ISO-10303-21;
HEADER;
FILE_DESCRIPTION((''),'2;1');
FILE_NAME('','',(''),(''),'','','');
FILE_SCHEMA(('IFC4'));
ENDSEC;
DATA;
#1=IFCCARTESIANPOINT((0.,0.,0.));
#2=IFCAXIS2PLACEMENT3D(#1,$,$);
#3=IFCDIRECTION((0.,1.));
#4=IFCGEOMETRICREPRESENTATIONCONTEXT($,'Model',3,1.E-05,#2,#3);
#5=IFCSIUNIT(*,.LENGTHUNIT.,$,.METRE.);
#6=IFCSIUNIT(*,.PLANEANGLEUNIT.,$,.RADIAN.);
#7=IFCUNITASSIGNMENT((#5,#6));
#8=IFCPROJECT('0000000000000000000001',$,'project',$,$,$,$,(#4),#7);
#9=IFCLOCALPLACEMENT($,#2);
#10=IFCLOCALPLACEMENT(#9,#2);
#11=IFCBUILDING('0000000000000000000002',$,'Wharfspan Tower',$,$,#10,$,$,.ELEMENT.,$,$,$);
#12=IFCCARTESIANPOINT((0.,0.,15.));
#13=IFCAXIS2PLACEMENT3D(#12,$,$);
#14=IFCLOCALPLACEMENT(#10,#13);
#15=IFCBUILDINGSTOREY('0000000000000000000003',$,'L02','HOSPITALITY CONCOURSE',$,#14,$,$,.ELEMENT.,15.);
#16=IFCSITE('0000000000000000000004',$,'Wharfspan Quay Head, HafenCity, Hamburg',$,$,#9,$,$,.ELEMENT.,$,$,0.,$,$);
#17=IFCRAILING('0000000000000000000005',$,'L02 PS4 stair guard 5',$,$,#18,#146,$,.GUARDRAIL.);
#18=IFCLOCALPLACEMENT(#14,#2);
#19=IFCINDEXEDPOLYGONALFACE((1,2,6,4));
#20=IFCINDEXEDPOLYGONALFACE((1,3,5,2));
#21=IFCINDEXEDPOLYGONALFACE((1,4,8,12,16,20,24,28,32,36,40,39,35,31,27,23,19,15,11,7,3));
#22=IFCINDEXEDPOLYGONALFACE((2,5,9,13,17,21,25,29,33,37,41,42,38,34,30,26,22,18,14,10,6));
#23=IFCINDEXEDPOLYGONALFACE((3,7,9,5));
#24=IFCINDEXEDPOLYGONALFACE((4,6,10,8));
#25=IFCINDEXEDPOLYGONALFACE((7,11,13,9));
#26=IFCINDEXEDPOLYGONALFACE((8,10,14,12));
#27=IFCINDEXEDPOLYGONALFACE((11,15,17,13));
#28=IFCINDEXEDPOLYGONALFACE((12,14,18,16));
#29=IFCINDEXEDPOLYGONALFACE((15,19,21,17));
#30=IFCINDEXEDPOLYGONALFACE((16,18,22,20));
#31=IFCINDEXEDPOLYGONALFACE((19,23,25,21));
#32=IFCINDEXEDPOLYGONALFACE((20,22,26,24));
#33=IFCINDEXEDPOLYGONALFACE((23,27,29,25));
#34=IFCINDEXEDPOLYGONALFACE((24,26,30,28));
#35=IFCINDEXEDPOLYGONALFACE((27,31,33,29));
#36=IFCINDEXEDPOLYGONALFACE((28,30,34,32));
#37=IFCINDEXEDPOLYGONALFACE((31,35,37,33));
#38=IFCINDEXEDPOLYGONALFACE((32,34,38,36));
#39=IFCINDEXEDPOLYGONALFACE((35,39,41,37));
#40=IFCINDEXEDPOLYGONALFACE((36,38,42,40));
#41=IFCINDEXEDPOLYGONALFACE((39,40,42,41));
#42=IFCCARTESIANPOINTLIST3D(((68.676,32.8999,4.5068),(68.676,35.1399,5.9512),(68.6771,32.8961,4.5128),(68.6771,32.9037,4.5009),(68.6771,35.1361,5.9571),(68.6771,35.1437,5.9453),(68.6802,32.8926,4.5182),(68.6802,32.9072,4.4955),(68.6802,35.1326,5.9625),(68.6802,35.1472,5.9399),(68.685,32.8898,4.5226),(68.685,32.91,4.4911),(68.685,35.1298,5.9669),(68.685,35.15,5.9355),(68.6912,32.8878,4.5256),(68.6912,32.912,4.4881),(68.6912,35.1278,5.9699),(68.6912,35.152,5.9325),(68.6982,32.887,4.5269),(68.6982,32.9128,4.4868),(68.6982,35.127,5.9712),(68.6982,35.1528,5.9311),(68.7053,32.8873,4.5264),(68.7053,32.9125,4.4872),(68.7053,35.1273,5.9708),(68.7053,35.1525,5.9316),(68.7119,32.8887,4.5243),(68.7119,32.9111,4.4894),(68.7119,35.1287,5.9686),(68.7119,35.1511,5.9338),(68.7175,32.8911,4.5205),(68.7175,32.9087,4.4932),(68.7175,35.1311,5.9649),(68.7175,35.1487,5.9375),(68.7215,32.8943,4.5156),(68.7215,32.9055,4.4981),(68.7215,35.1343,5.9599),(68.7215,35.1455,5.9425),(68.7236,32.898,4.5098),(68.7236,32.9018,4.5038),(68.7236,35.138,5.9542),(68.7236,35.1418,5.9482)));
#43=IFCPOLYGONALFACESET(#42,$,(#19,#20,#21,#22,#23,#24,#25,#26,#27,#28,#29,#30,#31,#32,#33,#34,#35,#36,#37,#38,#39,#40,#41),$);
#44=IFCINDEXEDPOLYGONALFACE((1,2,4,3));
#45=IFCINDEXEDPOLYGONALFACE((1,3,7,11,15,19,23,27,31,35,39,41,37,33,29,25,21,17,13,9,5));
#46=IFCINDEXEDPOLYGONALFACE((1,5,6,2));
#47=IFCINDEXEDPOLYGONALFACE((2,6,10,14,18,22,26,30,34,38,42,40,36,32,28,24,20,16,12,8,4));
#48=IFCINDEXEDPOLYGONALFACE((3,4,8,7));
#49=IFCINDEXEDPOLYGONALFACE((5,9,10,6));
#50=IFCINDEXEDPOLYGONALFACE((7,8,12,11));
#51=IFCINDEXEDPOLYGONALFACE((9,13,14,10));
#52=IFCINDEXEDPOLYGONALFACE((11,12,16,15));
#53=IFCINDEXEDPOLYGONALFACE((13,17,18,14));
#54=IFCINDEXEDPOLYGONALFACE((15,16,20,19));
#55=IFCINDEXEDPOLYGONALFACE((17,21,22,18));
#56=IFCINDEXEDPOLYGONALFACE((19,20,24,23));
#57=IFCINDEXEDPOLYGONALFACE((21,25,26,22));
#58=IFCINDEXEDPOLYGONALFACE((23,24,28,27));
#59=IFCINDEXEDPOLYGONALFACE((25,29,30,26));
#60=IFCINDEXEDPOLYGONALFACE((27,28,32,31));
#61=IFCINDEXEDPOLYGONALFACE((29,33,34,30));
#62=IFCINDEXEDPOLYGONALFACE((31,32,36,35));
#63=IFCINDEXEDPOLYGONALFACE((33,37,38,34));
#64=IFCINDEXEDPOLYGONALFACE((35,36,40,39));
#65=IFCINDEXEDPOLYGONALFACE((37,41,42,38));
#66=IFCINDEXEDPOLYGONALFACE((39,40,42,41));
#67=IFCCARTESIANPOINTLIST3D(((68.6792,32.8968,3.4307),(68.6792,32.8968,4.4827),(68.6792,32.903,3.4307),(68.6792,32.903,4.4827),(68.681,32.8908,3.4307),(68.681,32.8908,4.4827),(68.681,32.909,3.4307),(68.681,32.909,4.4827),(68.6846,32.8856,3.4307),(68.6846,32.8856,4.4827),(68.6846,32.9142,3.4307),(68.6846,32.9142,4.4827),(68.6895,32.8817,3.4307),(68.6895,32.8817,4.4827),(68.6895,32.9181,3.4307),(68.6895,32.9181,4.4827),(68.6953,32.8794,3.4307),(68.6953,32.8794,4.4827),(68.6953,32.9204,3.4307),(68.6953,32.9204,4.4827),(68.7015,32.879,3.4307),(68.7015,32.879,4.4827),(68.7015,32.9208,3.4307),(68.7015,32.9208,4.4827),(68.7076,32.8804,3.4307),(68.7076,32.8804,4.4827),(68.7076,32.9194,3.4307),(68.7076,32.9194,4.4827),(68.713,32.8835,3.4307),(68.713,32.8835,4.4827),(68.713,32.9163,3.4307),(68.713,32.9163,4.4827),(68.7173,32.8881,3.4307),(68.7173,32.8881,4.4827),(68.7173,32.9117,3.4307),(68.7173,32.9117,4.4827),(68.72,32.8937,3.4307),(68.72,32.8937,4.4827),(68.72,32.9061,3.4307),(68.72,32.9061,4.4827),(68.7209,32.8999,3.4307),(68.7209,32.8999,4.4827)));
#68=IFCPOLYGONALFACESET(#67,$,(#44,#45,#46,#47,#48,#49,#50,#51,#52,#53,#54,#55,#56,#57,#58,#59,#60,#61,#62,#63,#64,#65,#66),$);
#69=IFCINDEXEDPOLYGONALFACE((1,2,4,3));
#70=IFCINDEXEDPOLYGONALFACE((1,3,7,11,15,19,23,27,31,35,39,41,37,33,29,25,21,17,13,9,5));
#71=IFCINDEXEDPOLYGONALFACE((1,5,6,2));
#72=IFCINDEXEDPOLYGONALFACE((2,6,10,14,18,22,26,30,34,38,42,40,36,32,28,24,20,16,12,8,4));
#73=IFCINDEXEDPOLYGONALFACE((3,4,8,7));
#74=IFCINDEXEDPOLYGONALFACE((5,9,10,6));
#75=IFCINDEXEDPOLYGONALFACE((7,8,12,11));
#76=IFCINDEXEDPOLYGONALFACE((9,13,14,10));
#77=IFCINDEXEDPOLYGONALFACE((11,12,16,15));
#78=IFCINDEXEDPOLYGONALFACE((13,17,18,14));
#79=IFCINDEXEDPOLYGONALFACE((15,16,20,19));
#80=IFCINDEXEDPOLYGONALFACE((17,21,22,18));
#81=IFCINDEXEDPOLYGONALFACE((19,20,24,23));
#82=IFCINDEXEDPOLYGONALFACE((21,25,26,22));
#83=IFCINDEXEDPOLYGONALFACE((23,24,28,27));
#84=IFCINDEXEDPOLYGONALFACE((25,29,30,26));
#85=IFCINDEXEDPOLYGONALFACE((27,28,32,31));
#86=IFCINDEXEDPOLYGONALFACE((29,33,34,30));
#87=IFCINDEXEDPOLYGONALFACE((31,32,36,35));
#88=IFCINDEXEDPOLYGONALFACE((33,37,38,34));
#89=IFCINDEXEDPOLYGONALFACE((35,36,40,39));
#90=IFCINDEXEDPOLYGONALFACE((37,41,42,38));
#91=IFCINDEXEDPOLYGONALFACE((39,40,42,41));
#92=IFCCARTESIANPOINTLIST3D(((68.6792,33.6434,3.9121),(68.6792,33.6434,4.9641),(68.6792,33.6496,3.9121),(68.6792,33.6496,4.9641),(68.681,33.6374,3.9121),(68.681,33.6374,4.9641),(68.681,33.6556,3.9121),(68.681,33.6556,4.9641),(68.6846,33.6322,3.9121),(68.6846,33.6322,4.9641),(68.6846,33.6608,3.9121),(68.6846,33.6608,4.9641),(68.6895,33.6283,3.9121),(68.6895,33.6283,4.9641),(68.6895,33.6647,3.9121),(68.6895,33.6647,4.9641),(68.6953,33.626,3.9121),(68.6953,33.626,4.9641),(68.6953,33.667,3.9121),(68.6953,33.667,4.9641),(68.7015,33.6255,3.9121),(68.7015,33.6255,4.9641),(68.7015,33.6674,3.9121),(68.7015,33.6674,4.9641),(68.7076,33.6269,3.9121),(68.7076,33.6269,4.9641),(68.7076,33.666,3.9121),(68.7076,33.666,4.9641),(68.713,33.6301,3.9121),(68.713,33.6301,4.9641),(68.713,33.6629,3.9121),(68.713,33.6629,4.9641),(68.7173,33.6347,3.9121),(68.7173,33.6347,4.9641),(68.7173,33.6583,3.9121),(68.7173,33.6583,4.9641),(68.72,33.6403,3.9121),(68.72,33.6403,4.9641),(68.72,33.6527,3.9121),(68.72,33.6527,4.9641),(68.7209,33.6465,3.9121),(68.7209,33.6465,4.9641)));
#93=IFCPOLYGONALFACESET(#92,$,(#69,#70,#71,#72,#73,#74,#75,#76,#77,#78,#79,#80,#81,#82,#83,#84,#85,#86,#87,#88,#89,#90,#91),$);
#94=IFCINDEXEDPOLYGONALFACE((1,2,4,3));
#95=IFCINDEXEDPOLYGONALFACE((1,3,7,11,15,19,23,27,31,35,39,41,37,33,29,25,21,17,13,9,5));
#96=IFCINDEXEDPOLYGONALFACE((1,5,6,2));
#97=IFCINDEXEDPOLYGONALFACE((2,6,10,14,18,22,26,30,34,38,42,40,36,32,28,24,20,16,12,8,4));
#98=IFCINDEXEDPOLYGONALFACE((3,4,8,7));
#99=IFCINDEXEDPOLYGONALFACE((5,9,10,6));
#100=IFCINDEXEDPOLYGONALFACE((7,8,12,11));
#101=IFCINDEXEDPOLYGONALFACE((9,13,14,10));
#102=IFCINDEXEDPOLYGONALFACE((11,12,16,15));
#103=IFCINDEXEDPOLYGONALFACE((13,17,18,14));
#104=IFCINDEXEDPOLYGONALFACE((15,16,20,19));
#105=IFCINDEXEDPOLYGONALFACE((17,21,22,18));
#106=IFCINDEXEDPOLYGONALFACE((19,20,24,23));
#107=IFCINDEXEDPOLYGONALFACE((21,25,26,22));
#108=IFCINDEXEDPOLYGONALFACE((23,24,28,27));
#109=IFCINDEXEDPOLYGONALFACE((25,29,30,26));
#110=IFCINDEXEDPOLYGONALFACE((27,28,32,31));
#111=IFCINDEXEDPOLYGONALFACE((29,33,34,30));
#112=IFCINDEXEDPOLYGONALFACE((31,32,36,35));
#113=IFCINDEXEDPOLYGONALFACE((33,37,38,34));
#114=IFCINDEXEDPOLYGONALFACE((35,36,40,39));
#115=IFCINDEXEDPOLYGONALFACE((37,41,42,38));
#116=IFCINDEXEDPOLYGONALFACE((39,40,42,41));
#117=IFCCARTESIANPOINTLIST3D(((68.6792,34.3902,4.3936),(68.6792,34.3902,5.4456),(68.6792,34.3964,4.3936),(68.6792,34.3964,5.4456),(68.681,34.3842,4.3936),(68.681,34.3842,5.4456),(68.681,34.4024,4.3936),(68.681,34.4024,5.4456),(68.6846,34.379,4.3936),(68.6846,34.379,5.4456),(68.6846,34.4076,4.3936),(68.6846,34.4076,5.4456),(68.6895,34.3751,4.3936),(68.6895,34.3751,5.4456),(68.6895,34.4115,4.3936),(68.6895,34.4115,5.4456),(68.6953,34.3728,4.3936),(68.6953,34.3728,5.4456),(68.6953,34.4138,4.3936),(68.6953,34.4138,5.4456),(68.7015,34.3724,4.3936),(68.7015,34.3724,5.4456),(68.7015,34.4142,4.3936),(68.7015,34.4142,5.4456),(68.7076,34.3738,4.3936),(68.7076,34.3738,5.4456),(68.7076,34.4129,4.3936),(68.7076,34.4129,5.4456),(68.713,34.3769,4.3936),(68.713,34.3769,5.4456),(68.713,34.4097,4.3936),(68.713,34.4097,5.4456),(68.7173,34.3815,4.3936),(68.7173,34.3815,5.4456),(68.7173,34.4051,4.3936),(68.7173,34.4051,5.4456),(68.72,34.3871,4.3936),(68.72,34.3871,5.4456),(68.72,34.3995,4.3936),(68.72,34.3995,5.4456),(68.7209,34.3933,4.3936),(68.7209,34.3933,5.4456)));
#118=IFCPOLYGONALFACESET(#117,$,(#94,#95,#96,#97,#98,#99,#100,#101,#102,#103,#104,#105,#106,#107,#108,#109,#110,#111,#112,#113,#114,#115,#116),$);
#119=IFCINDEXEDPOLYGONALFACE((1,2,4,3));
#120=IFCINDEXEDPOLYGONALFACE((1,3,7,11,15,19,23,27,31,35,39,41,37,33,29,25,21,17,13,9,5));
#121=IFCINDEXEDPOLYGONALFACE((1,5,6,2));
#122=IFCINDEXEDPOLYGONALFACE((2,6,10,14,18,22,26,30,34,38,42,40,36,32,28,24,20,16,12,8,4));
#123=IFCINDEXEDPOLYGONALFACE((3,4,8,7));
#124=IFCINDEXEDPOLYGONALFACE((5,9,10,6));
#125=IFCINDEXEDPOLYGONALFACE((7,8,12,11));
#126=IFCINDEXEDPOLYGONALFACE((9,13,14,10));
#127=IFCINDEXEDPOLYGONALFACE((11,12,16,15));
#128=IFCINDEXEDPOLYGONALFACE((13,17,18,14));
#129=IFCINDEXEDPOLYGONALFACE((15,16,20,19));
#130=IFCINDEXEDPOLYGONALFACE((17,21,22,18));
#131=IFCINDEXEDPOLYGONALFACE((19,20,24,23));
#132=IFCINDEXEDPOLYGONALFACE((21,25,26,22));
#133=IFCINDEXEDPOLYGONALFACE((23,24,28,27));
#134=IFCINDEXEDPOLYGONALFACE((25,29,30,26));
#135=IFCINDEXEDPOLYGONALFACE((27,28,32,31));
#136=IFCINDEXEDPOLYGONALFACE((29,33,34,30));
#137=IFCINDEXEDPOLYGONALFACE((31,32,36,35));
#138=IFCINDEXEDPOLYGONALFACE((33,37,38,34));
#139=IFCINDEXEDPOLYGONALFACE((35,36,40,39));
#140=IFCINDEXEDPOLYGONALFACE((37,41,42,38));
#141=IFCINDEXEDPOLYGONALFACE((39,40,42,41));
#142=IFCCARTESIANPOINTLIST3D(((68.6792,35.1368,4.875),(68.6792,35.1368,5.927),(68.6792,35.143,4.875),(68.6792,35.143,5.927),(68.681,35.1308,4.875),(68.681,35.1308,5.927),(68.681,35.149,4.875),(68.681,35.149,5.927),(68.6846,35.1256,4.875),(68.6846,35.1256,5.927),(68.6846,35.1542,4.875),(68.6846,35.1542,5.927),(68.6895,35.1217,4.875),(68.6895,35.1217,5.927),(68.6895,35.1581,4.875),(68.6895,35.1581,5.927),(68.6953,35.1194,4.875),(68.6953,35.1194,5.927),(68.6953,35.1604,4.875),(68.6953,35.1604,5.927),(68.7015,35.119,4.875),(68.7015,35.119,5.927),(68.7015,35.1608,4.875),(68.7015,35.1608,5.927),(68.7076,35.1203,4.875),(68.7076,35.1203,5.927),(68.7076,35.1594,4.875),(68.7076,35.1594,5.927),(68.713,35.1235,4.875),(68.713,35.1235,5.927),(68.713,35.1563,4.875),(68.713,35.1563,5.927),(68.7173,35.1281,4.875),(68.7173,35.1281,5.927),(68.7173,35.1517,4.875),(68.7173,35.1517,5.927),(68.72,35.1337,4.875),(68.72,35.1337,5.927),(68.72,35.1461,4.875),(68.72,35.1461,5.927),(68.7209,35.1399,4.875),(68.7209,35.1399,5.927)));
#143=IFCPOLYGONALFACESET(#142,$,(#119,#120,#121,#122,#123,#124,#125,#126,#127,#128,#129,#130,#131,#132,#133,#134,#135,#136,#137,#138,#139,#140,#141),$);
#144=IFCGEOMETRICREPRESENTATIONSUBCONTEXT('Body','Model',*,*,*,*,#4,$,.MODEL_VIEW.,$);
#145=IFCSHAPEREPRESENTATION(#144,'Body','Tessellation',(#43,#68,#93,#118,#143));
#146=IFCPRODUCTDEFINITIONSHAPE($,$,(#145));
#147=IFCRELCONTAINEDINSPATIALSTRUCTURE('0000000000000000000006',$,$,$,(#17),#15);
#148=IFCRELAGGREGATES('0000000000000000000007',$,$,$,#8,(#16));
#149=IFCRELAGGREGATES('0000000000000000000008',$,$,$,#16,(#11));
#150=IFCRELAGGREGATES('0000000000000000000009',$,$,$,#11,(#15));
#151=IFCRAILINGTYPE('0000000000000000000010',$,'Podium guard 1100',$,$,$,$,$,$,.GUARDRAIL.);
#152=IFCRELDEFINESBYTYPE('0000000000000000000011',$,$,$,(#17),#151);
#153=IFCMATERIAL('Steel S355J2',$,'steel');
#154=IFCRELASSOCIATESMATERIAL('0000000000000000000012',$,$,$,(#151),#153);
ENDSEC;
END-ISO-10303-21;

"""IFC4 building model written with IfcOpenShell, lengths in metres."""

from ifc_helpers import new_model, si_unit, direction, frame, origin, origin_2d, place, context, subcontext, project, spatial, circle, extrude, material, type_object, element, save


model = new_model("IFC4")

# Units and contexts
model_context = context("Model", 3, precision=1e-05, world=origin(), true_north=direction((0.0, 1.0)))
body_context = subcontext(model_context, "Body", "Model", "MODEL_VIEW")
ifc_project = project(units=[si_unit("LENGTHUNIT", "METRE"), si_unit("PLANEANGLEUNIT", "RADIAN")], contexts=[model_context])

# Site, building, storey
site_placement = place(None, origin())
site = spatial("IfcSite", under=ifc_project, at=site_placement, Name="Wharfspan Quay Head, HafenCity, Hamburg", CompositionType="ELEMENT", RefElevation=0.0)
building_placement = place(site_placement, origin())
building = spatial("IfcBuilding", under=site, at=building_placement, Name="Wharfspan Tower", CompositionType="ELEMENT")
storey_placement = place(building_placement, frame((0.0, 0.0, 15.0)))
storey = spatial("IfcBuildingStorey", under=building, at=storey_placement, Name="L02", Description="HOSPITALITY CONCOURSE", CompositionType="ELEMENT", Elevation=15.0)

# Railing
ifc_material_1 = material(Name="Steel S355J2", Category="steel")
railing_type_1 = type_object("IfcRailingType", Name="Podium guard 1100", PredefinedType="GUARDRAIL", material=ifc_material_1)
railing_1_placement = place(storey_placement, frame((68.7, 32.8999, 3.4307)))
element("IfcRailing", 1, at=railing_1_placement, inside=storey, type_object=railing_type_1, Name="L02 PS4 stair guard 5", PredefinedType="GUARDRAIL", context=body_context, shape_type="SweptSolid", body=[
    extrude(circle(Radius=0.0239, at=origin_2d()), frame((0.0, 0.0, 1.0762), z_axis=(0.0, 0.840437, 0.54191), x_axis=(-1.0, 0.0, 0.0)), (0.0, 0.0, 1.0), 2.6653),
    extrude(circle(Radius=0.021, at=origin_2d()), origin(), (0.0, 0.0, 1.0), 1.052),
    extrude(circle(Radius=0.021, at=origin_2d()), frame((0.0, 0.7466, 0.4814)), (0.0, 0.0, 1.0), 1.052),
    extrude(circle(Radius=0.021, at=origin_2d()), frame((0.0, 1.4934, 0.9629)), (0.0, 0.0, 1.0), 1.052),
    extrude(circle(Radius=0.021, at=origin_2d()), frame((0.0, 2.24, 1.4443)), (0.0, 0.0, 1.0), 1.052),
])

save(model, "model.ifc")
